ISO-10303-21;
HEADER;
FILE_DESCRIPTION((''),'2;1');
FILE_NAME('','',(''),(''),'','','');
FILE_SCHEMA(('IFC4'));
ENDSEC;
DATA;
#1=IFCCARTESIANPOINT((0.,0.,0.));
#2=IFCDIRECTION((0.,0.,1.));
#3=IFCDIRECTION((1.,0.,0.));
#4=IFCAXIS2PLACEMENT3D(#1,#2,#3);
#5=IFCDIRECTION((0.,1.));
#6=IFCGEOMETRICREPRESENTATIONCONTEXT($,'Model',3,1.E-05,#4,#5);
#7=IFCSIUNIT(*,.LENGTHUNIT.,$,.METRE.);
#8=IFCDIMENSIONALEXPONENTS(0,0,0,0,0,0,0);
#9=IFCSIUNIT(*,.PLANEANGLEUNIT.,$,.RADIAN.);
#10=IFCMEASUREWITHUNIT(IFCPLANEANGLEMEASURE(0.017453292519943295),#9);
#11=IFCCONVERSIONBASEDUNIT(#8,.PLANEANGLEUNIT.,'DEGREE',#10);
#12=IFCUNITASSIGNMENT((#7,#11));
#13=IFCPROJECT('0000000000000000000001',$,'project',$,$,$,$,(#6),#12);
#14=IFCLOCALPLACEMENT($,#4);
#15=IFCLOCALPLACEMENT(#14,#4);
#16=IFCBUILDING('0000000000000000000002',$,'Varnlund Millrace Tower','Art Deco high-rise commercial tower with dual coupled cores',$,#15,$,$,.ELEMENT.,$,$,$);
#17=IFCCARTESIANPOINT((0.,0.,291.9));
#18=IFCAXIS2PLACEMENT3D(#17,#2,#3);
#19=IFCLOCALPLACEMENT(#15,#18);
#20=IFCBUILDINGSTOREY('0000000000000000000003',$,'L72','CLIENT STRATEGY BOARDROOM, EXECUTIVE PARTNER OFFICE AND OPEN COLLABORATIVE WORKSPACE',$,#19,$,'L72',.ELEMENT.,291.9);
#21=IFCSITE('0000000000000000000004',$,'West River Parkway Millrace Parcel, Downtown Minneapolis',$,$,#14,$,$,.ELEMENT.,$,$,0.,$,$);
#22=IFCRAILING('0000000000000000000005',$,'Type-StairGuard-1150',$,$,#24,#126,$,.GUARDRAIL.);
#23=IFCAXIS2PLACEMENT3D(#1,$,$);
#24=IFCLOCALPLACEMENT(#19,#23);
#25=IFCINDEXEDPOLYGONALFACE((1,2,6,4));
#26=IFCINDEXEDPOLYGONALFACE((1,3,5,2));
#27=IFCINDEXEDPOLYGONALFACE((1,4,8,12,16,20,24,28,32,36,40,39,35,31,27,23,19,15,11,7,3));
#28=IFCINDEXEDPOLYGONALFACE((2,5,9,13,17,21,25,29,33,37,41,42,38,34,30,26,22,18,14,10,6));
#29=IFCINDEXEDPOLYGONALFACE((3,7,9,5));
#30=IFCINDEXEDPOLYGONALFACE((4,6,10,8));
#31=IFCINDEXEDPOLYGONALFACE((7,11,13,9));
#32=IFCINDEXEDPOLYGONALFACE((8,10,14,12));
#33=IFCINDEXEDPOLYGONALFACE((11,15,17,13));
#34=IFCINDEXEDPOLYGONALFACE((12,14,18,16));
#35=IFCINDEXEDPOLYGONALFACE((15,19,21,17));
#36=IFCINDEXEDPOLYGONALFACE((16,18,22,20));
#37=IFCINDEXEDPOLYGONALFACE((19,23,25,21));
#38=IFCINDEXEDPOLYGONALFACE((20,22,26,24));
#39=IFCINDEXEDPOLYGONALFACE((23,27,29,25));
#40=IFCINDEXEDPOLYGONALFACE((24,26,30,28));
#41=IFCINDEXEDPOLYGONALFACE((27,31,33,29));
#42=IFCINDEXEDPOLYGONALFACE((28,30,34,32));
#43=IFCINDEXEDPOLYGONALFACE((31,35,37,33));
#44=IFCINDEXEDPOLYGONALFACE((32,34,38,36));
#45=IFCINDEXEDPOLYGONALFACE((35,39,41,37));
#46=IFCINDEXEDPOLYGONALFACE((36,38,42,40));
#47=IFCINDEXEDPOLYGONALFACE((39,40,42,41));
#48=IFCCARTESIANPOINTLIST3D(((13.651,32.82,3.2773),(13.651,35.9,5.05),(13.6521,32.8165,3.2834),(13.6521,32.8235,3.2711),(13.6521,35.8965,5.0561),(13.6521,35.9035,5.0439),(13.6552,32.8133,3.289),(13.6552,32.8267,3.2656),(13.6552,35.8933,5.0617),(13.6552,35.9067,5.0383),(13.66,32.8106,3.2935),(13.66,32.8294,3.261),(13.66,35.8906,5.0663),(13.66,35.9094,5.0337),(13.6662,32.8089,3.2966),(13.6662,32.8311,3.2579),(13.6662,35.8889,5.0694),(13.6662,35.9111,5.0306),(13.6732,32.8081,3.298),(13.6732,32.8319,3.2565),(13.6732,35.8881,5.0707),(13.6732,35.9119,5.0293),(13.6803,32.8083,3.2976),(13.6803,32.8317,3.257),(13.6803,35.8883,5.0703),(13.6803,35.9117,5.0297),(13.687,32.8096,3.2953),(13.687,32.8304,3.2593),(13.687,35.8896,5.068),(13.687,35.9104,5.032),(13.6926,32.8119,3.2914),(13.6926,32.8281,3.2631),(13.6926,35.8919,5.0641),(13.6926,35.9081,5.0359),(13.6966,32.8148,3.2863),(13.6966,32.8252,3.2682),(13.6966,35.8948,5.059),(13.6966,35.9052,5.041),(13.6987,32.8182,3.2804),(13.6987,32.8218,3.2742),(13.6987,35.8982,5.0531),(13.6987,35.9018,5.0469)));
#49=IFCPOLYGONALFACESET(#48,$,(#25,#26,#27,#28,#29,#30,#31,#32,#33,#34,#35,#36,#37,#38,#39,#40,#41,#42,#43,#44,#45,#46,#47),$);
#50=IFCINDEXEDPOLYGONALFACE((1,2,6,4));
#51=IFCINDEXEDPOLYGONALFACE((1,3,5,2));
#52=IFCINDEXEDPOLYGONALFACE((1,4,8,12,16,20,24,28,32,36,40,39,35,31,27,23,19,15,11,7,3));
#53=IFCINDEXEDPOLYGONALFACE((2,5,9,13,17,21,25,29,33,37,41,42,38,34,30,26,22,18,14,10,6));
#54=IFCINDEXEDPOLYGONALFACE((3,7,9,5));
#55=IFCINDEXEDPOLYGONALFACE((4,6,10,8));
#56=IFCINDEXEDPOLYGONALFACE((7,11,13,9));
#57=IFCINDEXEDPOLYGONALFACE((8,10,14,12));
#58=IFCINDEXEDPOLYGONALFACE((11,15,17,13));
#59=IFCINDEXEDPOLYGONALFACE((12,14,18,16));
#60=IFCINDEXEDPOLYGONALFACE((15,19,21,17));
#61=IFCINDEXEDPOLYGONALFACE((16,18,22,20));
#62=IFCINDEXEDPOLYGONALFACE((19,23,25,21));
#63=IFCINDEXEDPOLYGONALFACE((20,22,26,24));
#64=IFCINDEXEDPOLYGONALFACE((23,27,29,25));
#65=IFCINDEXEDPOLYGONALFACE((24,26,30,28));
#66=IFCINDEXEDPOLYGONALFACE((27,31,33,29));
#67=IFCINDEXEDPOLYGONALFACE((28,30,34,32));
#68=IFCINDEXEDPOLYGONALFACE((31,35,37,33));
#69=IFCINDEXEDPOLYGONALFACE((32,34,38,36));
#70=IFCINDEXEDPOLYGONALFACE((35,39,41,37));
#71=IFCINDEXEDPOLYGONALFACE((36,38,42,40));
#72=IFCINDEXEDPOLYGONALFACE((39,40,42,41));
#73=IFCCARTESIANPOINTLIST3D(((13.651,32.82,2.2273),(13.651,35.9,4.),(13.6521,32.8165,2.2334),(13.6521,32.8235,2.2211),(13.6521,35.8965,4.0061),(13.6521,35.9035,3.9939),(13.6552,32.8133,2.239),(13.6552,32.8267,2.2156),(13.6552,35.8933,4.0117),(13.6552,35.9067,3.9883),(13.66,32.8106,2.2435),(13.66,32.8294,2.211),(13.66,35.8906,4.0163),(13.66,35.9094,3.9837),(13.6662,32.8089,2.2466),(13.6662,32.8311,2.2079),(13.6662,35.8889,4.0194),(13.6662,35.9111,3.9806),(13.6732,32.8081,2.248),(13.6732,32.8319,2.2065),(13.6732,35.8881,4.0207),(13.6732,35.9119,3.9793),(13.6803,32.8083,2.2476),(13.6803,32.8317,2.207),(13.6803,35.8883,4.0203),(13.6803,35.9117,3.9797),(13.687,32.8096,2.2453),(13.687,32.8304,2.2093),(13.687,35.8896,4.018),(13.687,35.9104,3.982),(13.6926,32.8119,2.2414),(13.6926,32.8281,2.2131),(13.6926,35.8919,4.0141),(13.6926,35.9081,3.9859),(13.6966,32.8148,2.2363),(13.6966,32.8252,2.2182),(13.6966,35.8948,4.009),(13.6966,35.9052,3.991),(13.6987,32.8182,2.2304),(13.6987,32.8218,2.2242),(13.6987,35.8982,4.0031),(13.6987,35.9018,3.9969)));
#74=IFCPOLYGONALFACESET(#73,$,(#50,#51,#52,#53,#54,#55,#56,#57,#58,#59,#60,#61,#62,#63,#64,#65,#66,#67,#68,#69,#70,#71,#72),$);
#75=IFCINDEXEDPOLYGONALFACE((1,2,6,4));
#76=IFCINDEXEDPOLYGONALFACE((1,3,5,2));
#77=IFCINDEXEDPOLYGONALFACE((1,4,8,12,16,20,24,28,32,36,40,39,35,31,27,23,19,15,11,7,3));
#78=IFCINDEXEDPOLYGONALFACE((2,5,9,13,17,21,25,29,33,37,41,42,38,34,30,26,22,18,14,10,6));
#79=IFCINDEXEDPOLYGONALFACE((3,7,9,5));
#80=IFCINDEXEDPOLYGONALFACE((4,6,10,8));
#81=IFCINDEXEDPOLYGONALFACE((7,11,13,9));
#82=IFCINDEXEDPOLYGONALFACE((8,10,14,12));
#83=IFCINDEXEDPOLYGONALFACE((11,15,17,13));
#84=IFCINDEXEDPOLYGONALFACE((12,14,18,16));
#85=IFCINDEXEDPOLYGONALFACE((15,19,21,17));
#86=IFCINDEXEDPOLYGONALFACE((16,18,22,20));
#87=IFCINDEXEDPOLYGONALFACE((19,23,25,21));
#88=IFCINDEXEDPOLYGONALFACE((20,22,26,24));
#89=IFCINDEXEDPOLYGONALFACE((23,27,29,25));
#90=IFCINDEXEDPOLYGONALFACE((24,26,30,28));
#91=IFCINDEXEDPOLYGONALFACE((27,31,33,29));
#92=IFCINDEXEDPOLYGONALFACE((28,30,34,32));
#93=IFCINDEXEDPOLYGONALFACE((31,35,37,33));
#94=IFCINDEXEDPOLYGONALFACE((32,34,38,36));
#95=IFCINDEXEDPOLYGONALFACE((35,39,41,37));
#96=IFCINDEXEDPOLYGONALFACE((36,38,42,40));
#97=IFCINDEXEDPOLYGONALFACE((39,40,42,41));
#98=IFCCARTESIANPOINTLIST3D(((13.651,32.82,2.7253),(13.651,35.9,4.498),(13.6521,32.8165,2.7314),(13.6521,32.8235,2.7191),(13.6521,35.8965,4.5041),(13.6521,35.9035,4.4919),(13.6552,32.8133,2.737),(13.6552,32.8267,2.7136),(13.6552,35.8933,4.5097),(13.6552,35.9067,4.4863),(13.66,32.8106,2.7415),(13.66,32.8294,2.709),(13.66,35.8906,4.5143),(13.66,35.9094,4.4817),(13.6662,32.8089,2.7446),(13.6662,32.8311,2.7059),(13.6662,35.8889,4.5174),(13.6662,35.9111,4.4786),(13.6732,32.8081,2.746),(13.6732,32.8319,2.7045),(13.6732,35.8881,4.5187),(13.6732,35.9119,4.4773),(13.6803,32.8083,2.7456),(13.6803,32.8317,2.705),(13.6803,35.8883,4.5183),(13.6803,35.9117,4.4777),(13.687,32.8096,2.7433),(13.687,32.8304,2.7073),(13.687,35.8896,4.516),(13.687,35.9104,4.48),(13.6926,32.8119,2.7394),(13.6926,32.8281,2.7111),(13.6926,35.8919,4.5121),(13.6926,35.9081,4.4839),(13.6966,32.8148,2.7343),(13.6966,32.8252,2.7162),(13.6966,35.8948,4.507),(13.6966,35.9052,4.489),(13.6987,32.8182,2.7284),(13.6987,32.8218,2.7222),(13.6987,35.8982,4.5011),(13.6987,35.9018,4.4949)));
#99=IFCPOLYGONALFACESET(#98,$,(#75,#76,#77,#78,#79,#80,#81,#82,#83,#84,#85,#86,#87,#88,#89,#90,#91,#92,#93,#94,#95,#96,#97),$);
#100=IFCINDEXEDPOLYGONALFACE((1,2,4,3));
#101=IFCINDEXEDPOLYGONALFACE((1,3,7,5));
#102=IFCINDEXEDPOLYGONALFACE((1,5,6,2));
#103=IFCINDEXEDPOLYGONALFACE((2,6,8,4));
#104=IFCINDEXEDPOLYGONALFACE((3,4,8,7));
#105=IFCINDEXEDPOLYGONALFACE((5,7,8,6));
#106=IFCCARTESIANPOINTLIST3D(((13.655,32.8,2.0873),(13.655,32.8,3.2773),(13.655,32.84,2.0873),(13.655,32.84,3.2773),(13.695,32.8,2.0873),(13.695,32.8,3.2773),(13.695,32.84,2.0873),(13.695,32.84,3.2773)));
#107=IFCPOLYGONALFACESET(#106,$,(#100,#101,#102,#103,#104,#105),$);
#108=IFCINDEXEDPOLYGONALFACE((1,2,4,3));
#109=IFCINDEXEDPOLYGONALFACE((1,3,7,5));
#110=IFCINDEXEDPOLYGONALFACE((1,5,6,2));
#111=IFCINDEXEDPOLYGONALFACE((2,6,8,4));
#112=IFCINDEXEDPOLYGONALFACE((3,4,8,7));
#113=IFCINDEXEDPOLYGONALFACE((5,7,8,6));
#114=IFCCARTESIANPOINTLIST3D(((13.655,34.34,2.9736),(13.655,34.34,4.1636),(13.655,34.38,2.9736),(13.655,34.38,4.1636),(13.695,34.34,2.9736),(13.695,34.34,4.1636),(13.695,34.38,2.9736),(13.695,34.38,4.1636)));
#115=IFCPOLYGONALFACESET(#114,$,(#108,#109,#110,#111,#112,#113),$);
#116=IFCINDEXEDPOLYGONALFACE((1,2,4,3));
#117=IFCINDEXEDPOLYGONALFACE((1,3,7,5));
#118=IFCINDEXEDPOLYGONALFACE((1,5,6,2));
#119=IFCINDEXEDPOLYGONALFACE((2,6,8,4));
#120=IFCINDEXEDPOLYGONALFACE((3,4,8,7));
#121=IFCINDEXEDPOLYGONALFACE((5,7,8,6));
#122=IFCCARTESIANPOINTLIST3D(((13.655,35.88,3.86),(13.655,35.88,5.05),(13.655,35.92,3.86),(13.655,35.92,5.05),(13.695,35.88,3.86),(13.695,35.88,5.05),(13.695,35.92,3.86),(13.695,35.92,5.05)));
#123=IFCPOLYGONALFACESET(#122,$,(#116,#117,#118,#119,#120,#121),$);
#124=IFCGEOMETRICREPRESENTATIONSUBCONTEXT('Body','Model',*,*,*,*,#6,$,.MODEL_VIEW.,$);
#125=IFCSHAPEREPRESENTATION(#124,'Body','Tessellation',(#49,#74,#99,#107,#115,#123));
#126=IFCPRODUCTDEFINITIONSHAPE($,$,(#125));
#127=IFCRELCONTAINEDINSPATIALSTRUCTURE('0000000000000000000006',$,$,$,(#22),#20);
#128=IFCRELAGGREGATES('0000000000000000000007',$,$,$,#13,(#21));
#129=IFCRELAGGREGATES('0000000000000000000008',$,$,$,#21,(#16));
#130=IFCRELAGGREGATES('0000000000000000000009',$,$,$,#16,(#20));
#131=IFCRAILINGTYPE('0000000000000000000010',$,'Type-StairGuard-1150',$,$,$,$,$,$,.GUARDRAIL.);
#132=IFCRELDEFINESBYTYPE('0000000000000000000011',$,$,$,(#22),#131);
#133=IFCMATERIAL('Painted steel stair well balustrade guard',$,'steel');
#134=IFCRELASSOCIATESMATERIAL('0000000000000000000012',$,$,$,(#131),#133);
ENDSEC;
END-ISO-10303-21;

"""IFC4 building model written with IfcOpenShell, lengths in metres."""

from ifc_helpers import new_model, entity, si_unit, converted_unit, direction, frame, origin_with_axes, origin_2d_with_axis, place, context, subcontext, project, spatial, rectangle, circle, extrude, material, type_object, element, save


model = new_model("IFC4")

# Units and contexts
model_context = context("Model", 3, precision=1e-05, world=origin_with_axes(), true_north=direction((0.0, 1.0)))
body_context = subcontext(model_context, "Body", "Model", "MODEL_VIEW")
ifc_project = project(units=[si_unit("LENGTHUNIT", "METRE"), converted_unit("PLANEANGLEUNIT", "DEGREE", entity("IfcPlaneAngleMeasure", 0.017453292519943295), si_unit("PLANEANGLEUNIT", "RADIAN"), dimensions=[0, 0, 0, 0, 0, 0, 0])], contexts=[model_context])

# Site, building, storey
site_placement = place(None, origin_with_axes())
site = spatial("IfcSite", under=ifc_project, at=site_placement, Name="West River Parkway Millrace Parcel, Downtown Minneapolis", CompositionType="ELEMENT", RefElevation=0.0)
building_placement = place(site_placement, origin_with_axes())
building = spatial("IfcBuilding", under=site, at=building_placement, Name="Varnlund Millrace Tower", Description="Art Deco high-rise commercial tower with dual coupled cores", CompositionType="ELEMENT")
storey_placement = place(building_placement, frame((0.0, 0.0, 291.9), z_axis=(0.0, 0.0, 1.0), x_axis=(1.0, 0.0, 0.0)))
storey = spatial("IfcBuildingStorey", under=building, at=storey_placement, Name="L72", Description="CLIENT STRATEGY BOARDROOM, EXECUTIVE PARTNER OFFICE AND OPEN COLLABORATIVE WORKSPACE", LongName="L72", CompositionType="ELEMENT", Elevation=291.9)

# Railing
ifc_material_1 = material(Name="Painted steel stair well balustrade guard", Category="steel")
railing_type_1 = type_object("IfcRailingType", Name="Type-StairGuard-1150", PredefinedType="GUARDRAIL", material=ifc_material_1)
railing_1_placement = place(storey_placement, frame((0.0, 0.0, -291.9), z_axis=(0.0, 0.0, 1.0), x_axis=(1.0, 0.0, 0.0)))
element("IfcRailing", 1, at=railing_1_placement, inside=storey, type_object=railing_type_1, Name="Type-StairGuard-1150", PredefinedType="GUARDRAIL", context=body_context, shape_type="SweptSolid", body=[
    extrude(circle(Radius=0.024, at=origin_2d_with_axis()), frame((13.675, 32.82, 295.1773), z_axis=(0.0, 0.866696, 0.498836), x_axis=(-1.0, 0.0, 0.0)), (0.0, 0.0, 1.0), 3.5537),
    extrude(circle(Radius=0.024, at=origin_2d_with_axis()), frame((13.675, 32.82, 294.1273), z_axis=(0.0, 0.866696, 0.498836), x_axis=(-1.0, 0.0, 0.0)), (0.0, 0.0, 1.0), 3.5537),
    extrude(circle(Radius=0.024, at=origin_2d_with_axis()), frame((13.675, 32.82, 294.6253), z_axis=(0.0, 0.866696, 0.498836), x_axis=(-1.0, 0.0, 0.0)), (0.0, 0.0, 1.0), 3.5537),
    extrude(rectangle(XDim=0.04, YDim=0.04, at=origin_2d_with_axis()), frame((13.675, 32.82, 293.9873), z_axis=(0.0, 0.0, 1.0), x_axis=(1.0, 0.0, 0.0)), (0.0, 0.0, 1.0), 1.19),
    extrude(rectangle(XDim=0.04, YDim=0.04, at=origin_2d_with_axis()), frame((13.675, 34.36, 294.8736), z_axis=(0.0, 0.0, 1.0), x_axis=(1.0, 0.0, 0.0)), (0.0, 0.0, 1.0), 1.19),
    extrude(rectangle(XDim=0.04, YDim=0.04, at=origin_2d_with_axis()), frame((13.675, 35.9, 295.76), z_axis=(0.0, 0.0, 1.0), x_axis=(1.0, 0.0, 0.0)), (0.0, 0.0, 1.0), 1.19),
])

save(model, "model.ifc")
